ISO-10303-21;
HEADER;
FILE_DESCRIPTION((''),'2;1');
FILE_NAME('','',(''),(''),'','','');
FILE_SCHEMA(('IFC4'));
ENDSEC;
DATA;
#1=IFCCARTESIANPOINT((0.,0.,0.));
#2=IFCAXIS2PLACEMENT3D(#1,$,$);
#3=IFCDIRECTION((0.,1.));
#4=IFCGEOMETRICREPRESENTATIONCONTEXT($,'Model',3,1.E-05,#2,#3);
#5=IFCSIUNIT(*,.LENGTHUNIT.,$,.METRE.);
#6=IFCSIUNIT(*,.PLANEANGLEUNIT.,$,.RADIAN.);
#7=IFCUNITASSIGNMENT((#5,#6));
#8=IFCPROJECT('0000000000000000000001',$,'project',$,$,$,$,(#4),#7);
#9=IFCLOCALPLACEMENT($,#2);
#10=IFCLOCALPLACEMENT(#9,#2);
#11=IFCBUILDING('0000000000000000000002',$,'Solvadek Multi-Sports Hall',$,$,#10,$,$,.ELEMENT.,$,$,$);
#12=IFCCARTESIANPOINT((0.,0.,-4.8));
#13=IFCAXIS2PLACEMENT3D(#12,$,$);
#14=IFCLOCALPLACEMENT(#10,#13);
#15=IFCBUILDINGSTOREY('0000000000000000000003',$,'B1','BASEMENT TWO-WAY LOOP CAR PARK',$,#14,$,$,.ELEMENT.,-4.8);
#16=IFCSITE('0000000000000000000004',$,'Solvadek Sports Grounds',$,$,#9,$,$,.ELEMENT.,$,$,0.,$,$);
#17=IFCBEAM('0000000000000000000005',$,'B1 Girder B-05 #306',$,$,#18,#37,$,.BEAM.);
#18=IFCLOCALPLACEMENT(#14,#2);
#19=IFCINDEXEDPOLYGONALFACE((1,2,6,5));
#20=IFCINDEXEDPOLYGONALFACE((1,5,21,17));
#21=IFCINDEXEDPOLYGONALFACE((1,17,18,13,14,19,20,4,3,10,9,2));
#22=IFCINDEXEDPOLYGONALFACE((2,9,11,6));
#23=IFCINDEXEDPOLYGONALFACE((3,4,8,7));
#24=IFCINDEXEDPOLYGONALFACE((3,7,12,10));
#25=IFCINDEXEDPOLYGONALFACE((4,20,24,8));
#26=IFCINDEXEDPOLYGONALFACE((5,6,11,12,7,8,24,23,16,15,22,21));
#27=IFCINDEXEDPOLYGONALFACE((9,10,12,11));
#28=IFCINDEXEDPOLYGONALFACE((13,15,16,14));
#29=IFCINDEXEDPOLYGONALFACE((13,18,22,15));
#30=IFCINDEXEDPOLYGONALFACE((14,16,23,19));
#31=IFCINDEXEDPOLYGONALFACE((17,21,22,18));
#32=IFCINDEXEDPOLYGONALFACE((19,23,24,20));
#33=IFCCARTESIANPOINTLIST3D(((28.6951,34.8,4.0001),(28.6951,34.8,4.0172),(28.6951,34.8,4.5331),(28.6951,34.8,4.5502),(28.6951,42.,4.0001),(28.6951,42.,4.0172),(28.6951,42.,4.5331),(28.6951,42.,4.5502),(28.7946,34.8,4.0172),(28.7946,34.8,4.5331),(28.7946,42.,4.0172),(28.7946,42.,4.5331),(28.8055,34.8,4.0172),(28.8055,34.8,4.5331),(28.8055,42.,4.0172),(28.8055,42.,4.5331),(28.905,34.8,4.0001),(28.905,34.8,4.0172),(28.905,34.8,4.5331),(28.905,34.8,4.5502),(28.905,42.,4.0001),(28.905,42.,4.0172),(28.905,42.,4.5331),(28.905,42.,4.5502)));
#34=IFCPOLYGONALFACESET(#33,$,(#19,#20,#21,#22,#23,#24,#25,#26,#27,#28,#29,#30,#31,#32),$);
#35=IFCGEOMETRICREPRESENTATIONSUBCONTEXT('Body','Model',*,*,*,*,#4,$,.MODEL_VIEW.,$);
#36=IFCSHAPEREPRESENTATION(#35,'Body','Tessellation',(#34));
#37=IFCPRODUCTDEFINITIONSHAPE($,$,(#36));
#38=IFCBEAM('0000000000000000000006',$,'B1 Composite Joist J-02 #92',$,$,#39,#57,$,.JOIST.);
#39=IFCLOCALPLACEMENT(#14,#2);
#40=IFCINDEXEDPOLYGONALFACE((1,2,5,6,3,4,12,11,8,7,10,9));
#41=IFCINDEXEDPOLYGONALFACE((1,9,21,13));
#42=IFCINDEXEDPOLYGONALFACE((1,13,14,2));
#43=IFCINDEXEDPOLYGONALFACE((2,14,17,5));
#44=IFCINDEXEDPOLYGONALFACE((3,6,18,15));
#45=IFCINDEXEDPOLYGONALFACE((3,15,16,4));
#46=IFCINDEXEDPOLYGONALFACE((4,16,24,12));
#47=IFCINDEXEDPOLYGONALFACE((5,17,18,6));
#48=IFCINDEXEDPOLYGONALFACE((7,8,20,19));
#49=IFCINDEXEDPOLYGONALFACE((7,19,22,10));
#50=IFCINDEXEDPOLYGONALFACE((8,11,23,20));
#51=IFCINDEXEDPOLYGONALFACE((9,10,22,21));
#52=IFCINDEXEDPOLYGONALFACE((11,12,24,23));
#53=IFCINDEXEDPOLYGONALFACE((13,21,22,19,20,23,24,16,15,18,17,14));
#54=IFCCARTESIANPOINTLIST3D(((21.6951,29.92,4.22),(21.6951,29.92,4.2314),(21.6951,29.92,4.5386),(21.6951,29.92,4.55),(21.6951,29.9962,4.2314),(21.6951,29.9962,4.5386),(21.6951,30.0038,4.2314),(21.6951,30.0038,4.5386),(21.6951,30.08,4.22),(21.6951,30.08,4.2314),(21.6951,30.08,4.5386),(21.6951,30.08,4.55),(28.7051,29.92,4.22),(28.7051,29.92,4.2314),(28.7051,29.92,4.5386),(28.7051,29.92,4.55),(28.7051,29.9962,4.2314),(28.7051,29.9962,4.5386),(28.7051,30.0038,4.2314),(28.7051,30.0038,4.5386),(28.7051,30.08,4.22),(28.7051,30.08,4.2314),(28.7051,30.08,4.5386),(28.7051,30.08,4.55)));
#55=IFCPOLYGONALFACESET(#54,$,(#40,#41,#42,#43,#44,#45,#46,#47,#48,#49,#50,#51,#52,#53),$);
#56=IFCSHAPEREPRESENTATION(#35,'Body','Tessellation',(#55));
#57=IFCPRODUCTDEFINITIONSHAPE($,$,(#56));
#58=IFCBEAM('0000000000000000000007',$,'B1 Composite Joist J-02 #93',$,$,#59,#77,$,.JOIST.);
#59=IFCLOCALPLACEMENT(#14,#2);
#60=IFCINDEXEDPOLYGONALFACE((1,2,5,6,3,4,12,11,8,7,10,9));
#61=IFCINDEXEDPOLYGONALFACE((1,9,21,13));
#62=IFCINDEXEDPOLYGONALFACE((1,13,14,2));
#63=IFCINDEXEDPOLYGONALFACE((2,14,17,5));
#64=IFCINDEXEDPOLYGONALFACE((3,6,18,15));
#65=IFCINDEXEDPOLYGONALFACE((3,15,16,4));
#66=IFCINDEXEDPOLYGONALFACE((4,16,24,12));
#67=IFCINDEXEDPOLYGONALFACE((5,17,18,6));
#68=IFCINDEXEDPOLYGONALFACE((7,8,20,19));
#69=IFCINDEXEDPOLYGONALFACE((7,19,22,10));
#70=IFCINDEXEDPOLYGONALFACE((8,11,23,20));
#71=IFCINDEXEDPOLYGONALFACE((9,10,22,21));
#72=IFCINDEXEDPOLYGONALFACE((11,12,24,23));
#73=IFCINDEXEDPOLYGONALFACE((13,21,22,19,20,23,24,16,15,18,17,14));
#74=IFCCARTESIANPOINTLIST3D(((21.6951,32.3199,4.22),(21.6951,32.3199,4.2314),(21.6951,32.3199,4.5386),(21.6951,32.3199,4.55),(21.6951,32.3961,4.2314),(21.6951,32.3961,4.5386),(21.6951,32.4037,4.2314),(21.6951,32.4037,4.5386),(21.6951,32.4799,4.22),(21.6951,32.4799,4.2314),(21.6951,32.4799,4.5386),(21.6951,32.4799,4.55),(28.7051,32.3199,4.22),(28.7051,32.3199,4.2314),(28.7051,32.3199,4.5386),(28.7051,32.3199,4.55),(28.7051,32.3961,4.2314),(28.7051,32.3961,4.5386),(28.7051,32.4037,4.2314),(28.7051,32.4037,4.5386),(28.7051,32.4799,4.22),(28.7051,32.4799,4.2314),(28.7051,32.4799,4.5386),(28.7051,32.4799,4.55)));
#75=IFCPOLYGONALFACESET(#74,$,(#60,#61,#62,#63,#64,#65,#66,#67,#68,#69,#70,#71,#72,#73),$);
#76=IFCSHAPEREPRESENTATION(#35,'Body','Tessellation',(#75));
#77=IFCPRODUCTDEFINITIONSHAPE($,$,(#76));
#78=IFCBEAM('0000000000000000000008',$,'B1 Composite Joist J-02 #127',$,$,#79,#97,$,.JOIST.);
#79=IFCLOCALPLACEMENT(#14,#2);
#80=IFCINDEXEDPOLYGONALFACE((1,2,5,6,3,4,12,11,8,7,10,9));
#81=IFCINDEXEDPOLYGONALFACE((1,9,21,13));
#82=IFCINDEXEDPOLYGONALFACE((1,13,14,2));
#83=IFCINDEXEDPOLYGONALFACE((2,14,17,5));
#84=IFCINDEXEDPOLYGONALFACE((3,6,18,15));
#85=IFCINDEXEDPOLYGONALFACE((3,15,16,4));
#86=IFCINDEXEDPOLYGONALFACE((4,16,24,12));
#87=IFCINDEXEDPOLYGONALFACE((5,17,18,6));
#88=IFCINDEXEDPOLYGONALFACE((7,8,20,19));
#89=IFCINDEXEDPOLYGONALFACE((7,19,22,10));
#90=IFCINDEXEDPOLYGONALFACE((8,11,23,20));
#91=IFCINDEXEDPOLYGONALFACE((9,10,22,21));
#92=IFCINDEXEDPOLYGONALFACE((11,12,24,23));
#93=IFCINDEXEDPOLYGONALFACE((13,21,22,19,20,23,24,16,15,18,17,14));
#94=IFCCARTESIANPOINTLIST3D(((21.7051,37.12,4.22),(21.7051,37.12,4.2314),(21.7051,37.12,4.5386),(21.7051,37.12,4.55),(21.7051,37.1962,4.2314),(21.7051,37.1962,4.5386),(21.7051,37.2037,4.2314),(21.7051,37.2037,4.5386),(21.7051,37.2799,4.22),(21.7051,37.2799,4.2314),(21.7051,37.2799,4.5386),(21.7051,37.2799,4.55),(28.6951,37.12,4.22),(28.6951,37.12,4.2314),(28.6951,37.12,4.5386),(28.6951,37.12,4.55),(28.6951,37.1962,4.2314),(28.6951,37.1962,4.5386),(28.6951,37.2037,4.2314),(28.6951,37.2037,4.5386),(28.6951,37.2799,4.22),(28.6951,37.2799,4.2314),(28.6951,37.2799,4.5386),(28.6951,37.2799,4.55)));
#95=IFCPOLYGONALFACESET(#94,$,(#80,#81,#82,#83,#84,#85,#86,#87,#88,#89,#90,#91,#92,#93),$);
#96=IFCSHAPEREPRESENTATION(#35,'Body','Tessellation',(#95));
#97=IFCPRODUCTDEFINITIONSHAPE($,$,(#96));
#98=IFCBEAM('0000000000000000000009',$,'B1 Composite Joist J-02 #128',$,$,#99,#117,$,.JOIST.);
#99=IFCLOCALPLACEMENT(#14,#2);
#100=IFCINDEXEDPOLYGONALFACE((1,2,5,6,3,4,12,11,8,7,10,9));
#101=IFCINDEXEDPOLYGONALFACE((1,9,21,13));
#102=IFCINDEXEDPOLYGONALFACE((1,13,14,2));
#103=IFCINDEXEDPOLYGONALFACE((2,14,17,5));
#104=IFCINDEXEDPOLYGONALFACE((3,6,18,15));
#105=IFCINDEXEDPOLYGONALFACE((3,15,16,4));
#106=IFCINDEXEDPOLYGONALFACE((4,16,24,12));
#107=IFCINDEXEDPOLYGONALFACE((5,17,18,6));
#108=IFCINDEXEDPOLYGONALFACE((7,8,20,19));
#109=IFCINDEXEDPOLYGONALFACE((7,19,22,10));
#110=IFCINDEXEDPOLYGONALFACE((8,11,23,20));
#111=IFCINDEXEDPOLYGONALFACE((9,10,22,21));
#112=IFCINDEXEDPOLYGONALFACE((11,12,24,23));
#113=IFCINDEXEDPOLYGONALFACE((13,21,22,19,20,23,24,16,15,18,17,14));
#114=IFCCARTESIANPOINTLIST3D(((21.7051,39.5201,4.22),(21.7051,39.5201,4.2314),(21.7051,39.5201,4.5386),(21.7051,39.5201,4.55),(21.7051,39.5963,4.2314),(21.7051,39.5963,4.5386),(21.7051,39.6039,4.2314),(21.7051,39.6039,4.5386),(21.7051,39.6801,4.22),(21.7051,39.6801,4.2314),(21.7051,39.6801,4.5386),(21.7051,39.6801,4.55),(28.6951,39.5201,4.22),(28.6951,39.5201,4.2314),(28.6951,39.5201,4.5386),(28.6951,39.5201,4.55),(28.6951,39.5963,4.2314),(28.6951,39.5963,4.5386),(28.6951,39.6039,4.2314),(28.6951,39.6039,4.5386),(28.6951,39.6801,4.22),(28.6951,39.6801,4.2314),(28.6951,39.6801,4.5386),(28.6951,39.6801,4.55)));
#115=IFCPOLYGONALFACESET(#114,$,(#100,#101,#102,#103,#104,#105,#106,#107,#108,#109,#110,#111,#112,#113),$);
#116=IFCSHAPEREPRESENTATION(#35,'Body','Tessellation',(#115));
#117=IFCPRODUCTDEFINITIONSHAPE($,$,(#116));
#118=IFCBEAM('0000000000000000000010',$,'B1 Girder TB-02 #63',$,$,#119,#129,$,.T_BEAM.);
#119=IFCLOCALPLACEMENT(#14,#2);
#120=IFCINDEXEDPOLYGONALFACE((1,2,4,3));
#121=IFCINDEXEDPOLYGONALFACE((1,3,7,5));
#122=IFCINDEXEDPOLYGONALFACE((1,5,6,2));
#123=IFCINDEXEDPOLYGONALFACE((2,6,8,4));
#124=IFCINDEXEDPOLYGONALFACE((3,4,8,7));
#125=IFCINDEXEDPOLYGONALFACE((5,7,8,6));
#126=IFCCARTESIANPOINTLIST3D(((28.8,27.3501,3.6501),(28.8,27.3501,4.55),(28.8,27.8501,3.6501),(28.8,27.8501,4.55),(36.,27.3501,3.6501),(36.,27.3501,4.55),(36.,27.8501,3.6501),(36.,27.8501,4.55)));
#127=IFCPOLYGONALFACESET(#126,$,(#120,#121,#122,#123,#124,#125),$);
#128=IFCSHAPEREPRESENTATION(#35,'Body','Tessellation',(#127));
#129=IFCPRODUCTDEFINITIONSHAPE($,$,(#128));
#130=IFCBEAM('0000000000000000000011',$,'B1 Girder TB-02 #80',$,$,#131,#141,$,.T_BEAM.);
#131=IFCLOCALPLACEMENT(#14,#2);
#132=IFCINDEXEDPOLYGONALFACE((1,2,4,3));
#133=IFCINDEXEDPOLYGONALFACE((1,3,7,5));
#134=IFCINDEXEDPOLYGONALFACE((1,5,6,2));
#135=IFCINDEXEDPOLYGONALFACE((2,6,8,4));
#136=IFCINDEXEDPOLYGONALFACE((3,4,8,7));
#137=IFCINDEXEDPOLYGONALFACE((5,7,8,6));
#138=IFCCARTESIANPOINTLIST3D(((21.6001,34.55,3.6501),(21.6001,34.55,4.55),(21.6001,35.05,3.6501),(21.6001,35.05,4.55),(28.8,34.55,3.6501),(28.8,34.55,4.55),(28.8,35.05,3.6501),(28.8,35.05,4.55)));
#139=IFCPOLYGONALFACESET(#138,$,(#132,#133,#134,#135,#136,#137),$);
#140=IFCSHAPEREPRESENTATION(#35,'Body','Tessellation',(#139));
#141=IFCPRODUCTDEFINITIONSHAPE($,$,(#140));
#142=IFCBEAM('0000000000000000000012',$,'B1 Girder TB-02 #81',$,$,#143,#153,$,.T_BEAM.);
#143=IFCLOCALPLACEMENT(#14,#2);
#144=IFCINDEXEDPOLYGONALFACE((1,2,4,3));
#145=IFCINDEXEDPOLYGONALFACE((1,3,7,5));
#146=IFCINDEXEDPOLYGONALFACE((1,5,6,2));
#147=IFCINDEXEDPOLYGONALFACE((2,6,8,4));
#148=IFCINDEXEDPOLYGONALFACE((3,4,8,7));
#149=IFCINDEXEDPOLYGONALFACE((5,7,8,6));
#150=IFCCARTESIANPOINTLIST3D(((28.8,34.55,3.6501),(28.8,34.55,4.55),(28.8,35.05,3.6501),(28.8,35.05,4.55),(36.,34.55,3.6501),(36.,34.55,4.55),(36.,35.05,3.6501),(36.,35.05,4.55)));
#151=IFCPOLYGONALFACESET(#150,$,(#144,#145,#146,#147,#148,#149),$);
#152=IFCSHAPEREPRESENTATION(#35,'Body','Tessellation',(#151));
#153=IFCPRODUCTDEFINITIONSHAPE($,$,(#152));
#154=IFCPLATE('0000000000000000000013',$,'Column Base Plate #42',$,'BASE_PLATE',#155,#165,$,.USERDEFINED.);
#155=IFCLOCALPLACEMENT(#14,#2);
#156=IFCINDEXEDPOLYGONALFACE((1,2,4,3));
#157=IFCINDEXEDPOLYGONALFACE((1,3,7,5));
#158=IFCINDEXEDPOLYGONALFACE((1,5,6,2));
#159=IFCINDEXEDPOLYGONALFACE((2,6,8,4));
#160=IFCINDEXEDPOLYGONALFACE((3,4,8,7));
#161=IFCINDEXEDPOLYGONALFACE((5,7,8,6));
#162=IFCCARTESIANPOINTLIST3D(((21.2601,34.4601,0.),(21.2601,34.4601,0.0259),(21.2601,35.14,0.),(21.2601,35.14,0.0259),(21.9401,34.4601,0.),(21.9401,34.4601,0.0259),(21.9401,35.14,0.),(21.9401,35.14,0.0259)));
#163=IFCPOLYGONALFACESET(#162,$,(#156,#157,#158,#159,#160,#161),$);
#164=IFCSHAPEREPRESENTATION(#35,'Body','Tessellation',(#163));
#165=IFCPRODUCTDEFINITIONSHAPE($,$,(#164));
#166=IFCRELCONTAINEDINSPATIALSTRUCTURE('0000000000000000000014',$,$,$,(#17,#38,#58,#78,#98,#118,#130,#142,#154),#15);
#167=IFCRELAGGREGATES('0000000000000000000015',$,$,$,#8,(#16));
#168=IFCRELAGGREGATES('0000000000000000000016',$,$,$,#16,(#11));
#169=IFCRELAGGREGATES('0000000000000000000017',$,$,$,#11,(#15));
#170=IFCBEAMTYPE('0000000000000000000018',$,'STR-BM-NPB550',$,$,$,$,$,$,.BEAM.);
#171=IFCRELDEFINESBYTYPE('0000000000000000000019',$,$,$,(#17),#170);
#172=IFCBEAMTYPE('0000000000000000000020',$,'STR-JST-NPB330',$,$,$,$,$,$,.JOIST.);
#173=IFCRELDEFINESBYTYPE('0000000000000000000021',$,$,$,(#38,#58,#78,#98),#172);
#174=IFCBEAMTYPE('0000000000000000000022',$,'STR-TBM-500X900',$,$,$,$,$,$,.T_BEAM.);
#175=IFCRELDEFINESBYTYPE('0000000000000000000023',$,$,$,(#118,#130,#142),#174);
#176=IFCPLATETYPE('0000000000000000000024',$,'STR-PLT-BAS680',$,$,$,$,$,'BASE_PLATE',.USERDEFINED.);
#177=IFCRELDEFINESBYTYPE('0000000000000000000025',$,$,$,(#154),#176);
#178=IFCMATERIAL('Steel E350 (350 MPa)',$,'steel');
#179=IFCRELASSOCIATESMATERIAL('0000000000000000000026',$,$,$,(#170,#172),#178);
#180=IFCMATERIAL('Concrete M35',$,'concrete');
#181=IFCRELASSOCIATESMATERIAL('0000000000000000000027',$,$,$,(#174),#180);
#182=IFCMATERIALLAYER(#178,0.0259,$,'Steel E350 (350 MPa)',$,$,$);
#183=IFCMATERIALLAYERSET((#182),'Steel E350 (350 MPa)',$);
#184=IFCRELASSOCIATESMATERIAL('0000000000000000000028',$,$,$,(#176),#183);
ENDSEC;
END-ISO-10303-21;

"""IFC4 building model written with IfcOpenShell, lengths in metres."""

from ifc_helpers import new_model, si_unit, direction, frame, origin, origin_2d, place, context, subcontext, project, spatial, rectangle, i_section, extrude, material, layer, layer_set, material_profile, profile_set, type_object, element, save


model = new_model("IFC4")

# Units and contexts
model_context = context("Model", 3, precision=1e-05, world=origin(), true_north=direction((0.0, 1.0)))
body_context = subcontext(model_context, "Body", "Model", "MODEL_VIEW")
ifc_project = project(units=[si_unit("LENGTHUNIT", "METRE"), si_unit("PLANEANGLEUNIT", "RADIAN")], contexts=[model_context])

# Site, building, storey
site_placement = place(None, origin())
site = spatial("IfcSite", under=ifc_project, at=site_placement, Name="Solvadek Sports Grounds", CompositionType="ELEMENT", RefElevation=0.0)
building_placement = place(site_placement, origin())
building = spatial("IfcBuilding", under=site, at=building_placement, Name="Solvadek Multi-Sports Hall", CompositionType="ELEMENT")
storey_placement = place(building_placement, frame((0.0, 0.0, -4.8)))
storey = spatial("IfcBuildingStorey", under=building, at=storey_placement, Name="B1", Description="BASEMENT TWO-WAY LOOP CAR PARK", CompositionType="ELEMENT", Elevation=-4.8)

# Shared definitions
ifc_material_1 = material(Name="Concrete M35", Category="concrete")

# Shared definitions
ifc_material_2 = material(Name="Steel E350 (350 MPa)", Category="steel")

# Beams
ifc_material_profile_1 = material_profile(ifc_material_2, i_section(OverallWidth=0.21, OverallDepth=0.55, WebThickness=0.011, FlangeThickness=0.0171, at=origin_2d()), Name="NPB 550")
ifc_profile_set_1 = profile_set([ifc_material_profile_1], Name="Steel E350 (350 MPa)")
beam_type_1 = type_object("IfcBeamType", Name="STR-BM-NPB550", PredefinedType="BEAM", material=ifc_profile_set_1)
for number, where, z_axis, x_axis, name in (
    (1, (28.8, 34.8, 4.2751), (0.0, 1.0, 0.0), (-1.0, 0.0, 0.0), "B1 Girder B-05 #306"),
):
    element("IfcBeam", number, at=place(storey_placement, frame(where, z_axis=z_axis, x_axis=x_axis)), inside=storey, type_object=beam_type_1, Name=name, PredefinedType="BEAM", context=body_context, shape_type="SweptSolid", body=[
        extrude(i_section(OverallWidth=0.21, OverallDepth=0.55, WebThickness=0.011, FlangeThickness=0.0171, at=origin_2d()), origin(), (0.0, 0.0, 1.0), 7.2),
    ])
ifc_material_profile_2 = material_profile(ifc_material_2, i_section(OverallWidth=0.1599, OverallDepth=0.3301, WebThickness=0.0076, FlangeThickness=0.0115, at=origin_2d()), Name="NPB 330")
ifc_profile_set_2 = profile_set([ifc_material_profile_2], Name="Steel E350 (350 MPa)")
beam_type_2 = type_object("IfcBeamType", Name="STR-JST-NPB330", PredefinedType="JOIST", material=ifc_profile_set_2)
for number, where, z_axis, x_axis, name in (
    (2, (21.6951, 30.0, 4.385), (1.0, 0.0, 0.0), (0.0, 1.0, 0.0), "B1 Composite Joist J-02 #92"),
    (3, (21.6951, 32.3999, 4.385), (1.0, 0.0, 0.0), (0.0, 1.0, 0.0), "B1 Composite Joist J-02 #93"),
):
    element("IfcBeam", number, at=place(storey_placement, frame(where, z_axis=z_axis, x_axis=x_axis)), inside=storey, type_object=beam_type_2, Name=name, PredefinedType="JOIST", context=body_context, shape_type="SweptSolid", body=[
        extrude(i_section(OverallWidth=0.1599, OverallDepth=0.3301, WebThickness=0.0076, FlangeThickness=0.0115, at=origin_2d()), origin(), (0.0, 0.0, 1.0), 7.01),
    ])
for number, where, z_axis, x_axis, name in (
    (4, (21.7051, 37.2, 4.385), (1.0, 0.0, 0.0), (0.0, 1.0, 0.0), "B1 Composite Joist J-02 #127"),
    (5, (21.7051, 39.6001, 4.385), (1.0, 0.0, 0.0), (0.0, 1.0, 0.0), "B1 Composite Joist J-02 #128"),
):
    element("IfcBeam", number, at=place(storey_placement, frame(where, z_axis=z_axis, x_axis=x_axis)), inside=storey, type_object=beam_type_2, Name=name, PredefinedType="JOIST", context=body_context, shape_type="SweptSolid", body=[
        extrude(i_section(OverallWidth=0.1599, OverallDepth=0.3301, WebThickness=0.0076, FlangeThickness=0.0115, at=origin_2d()), origin(), (0.0, 0.0, 1.0), 6.99),
    ])
ifc_material_profile_3 = material_profile(ifc_material_1, rectangle(XDim=0.5, YDim=0.8999, at=origin_2d()), Name="RC T-BEAM 500x900")
ifc_profile_set_3 = profile_set([ifc_material_profile_3], Name="Concrete M35")
beam_type_3 = type_object("IfcBeamType", Name="STR-TBM-500X900", PredefinedType="T_BEAM", material=ifc_profile_set_3)
for number, where, z_axis, x_axis, name in (
    (6, (28.8, 27.6001, 4.1001), (1.0, 0.0, 0.0), (0.0, 1.0, 0.0), "B1 Girder TB-02 #63"),
    (7, (21.6001, 34.8, 4.1001), (1.0, 0.0, 0.0), (0.0, 1.0, 0.0), "B1 Girder TB-02 #80"),
    (8, (28.8, 34.8, 4.1001), (1.0, 0.0, 0.0), (0.0, 1.0, 0.0), "B1 Girder TB-02 #81"),
):
    element("IfcBeam", number, at=place(storey_placement, frame(where, z_axis=z_axis, x_axis=x_axis)), inside=storey, type_object=beam_type_3, Name=name, PredefinedType="T_BEAM", context=body_context, shape_type="SweptSolid", body=[
        extrude(rectangle(XDim=0.5, YDim=0.8999, at=origin_2d()), origin(), (0.0, 0.0, 1.0), 7.2),
    ])

# Plate
ifc_layer = layer(ifc_material_2, 0.0259, Name="Steel E350 (350 MPa)")
ifc_layer_set = layer_set([ifc_layer], Name="Steel E350 (350 MPa)")
plate_type = type_object("IfcPlateType", Name="STR-PLT-BAS680", ElementType="BASE_PLATE", PredefinedType="USERDEFINED", material=ifc_layer_set)
plate_placement = place(storey_placement, frame((21.6001, 34.8, 0.0), z_axis=(0.0, 0.0, 1.0), x_axis=(1.0, 0.0, 0.0)))
element("IfcPlate", 9, at=plate_placement, inside=storey, type_object=plate_type, Name="Column Base Plate #42", ObjectType="BASE_PLATE", PredefinedType="USERDEFINED", context=body_context, shape_type="SweptSolid", body=[
    extrude(rectangle(XDim=0.6799, YDim=0.6799, at=origin_2d()), origin(), (0.0, 0.0, 1.0), 0.0259),
])

save(model, "model.ifc")
